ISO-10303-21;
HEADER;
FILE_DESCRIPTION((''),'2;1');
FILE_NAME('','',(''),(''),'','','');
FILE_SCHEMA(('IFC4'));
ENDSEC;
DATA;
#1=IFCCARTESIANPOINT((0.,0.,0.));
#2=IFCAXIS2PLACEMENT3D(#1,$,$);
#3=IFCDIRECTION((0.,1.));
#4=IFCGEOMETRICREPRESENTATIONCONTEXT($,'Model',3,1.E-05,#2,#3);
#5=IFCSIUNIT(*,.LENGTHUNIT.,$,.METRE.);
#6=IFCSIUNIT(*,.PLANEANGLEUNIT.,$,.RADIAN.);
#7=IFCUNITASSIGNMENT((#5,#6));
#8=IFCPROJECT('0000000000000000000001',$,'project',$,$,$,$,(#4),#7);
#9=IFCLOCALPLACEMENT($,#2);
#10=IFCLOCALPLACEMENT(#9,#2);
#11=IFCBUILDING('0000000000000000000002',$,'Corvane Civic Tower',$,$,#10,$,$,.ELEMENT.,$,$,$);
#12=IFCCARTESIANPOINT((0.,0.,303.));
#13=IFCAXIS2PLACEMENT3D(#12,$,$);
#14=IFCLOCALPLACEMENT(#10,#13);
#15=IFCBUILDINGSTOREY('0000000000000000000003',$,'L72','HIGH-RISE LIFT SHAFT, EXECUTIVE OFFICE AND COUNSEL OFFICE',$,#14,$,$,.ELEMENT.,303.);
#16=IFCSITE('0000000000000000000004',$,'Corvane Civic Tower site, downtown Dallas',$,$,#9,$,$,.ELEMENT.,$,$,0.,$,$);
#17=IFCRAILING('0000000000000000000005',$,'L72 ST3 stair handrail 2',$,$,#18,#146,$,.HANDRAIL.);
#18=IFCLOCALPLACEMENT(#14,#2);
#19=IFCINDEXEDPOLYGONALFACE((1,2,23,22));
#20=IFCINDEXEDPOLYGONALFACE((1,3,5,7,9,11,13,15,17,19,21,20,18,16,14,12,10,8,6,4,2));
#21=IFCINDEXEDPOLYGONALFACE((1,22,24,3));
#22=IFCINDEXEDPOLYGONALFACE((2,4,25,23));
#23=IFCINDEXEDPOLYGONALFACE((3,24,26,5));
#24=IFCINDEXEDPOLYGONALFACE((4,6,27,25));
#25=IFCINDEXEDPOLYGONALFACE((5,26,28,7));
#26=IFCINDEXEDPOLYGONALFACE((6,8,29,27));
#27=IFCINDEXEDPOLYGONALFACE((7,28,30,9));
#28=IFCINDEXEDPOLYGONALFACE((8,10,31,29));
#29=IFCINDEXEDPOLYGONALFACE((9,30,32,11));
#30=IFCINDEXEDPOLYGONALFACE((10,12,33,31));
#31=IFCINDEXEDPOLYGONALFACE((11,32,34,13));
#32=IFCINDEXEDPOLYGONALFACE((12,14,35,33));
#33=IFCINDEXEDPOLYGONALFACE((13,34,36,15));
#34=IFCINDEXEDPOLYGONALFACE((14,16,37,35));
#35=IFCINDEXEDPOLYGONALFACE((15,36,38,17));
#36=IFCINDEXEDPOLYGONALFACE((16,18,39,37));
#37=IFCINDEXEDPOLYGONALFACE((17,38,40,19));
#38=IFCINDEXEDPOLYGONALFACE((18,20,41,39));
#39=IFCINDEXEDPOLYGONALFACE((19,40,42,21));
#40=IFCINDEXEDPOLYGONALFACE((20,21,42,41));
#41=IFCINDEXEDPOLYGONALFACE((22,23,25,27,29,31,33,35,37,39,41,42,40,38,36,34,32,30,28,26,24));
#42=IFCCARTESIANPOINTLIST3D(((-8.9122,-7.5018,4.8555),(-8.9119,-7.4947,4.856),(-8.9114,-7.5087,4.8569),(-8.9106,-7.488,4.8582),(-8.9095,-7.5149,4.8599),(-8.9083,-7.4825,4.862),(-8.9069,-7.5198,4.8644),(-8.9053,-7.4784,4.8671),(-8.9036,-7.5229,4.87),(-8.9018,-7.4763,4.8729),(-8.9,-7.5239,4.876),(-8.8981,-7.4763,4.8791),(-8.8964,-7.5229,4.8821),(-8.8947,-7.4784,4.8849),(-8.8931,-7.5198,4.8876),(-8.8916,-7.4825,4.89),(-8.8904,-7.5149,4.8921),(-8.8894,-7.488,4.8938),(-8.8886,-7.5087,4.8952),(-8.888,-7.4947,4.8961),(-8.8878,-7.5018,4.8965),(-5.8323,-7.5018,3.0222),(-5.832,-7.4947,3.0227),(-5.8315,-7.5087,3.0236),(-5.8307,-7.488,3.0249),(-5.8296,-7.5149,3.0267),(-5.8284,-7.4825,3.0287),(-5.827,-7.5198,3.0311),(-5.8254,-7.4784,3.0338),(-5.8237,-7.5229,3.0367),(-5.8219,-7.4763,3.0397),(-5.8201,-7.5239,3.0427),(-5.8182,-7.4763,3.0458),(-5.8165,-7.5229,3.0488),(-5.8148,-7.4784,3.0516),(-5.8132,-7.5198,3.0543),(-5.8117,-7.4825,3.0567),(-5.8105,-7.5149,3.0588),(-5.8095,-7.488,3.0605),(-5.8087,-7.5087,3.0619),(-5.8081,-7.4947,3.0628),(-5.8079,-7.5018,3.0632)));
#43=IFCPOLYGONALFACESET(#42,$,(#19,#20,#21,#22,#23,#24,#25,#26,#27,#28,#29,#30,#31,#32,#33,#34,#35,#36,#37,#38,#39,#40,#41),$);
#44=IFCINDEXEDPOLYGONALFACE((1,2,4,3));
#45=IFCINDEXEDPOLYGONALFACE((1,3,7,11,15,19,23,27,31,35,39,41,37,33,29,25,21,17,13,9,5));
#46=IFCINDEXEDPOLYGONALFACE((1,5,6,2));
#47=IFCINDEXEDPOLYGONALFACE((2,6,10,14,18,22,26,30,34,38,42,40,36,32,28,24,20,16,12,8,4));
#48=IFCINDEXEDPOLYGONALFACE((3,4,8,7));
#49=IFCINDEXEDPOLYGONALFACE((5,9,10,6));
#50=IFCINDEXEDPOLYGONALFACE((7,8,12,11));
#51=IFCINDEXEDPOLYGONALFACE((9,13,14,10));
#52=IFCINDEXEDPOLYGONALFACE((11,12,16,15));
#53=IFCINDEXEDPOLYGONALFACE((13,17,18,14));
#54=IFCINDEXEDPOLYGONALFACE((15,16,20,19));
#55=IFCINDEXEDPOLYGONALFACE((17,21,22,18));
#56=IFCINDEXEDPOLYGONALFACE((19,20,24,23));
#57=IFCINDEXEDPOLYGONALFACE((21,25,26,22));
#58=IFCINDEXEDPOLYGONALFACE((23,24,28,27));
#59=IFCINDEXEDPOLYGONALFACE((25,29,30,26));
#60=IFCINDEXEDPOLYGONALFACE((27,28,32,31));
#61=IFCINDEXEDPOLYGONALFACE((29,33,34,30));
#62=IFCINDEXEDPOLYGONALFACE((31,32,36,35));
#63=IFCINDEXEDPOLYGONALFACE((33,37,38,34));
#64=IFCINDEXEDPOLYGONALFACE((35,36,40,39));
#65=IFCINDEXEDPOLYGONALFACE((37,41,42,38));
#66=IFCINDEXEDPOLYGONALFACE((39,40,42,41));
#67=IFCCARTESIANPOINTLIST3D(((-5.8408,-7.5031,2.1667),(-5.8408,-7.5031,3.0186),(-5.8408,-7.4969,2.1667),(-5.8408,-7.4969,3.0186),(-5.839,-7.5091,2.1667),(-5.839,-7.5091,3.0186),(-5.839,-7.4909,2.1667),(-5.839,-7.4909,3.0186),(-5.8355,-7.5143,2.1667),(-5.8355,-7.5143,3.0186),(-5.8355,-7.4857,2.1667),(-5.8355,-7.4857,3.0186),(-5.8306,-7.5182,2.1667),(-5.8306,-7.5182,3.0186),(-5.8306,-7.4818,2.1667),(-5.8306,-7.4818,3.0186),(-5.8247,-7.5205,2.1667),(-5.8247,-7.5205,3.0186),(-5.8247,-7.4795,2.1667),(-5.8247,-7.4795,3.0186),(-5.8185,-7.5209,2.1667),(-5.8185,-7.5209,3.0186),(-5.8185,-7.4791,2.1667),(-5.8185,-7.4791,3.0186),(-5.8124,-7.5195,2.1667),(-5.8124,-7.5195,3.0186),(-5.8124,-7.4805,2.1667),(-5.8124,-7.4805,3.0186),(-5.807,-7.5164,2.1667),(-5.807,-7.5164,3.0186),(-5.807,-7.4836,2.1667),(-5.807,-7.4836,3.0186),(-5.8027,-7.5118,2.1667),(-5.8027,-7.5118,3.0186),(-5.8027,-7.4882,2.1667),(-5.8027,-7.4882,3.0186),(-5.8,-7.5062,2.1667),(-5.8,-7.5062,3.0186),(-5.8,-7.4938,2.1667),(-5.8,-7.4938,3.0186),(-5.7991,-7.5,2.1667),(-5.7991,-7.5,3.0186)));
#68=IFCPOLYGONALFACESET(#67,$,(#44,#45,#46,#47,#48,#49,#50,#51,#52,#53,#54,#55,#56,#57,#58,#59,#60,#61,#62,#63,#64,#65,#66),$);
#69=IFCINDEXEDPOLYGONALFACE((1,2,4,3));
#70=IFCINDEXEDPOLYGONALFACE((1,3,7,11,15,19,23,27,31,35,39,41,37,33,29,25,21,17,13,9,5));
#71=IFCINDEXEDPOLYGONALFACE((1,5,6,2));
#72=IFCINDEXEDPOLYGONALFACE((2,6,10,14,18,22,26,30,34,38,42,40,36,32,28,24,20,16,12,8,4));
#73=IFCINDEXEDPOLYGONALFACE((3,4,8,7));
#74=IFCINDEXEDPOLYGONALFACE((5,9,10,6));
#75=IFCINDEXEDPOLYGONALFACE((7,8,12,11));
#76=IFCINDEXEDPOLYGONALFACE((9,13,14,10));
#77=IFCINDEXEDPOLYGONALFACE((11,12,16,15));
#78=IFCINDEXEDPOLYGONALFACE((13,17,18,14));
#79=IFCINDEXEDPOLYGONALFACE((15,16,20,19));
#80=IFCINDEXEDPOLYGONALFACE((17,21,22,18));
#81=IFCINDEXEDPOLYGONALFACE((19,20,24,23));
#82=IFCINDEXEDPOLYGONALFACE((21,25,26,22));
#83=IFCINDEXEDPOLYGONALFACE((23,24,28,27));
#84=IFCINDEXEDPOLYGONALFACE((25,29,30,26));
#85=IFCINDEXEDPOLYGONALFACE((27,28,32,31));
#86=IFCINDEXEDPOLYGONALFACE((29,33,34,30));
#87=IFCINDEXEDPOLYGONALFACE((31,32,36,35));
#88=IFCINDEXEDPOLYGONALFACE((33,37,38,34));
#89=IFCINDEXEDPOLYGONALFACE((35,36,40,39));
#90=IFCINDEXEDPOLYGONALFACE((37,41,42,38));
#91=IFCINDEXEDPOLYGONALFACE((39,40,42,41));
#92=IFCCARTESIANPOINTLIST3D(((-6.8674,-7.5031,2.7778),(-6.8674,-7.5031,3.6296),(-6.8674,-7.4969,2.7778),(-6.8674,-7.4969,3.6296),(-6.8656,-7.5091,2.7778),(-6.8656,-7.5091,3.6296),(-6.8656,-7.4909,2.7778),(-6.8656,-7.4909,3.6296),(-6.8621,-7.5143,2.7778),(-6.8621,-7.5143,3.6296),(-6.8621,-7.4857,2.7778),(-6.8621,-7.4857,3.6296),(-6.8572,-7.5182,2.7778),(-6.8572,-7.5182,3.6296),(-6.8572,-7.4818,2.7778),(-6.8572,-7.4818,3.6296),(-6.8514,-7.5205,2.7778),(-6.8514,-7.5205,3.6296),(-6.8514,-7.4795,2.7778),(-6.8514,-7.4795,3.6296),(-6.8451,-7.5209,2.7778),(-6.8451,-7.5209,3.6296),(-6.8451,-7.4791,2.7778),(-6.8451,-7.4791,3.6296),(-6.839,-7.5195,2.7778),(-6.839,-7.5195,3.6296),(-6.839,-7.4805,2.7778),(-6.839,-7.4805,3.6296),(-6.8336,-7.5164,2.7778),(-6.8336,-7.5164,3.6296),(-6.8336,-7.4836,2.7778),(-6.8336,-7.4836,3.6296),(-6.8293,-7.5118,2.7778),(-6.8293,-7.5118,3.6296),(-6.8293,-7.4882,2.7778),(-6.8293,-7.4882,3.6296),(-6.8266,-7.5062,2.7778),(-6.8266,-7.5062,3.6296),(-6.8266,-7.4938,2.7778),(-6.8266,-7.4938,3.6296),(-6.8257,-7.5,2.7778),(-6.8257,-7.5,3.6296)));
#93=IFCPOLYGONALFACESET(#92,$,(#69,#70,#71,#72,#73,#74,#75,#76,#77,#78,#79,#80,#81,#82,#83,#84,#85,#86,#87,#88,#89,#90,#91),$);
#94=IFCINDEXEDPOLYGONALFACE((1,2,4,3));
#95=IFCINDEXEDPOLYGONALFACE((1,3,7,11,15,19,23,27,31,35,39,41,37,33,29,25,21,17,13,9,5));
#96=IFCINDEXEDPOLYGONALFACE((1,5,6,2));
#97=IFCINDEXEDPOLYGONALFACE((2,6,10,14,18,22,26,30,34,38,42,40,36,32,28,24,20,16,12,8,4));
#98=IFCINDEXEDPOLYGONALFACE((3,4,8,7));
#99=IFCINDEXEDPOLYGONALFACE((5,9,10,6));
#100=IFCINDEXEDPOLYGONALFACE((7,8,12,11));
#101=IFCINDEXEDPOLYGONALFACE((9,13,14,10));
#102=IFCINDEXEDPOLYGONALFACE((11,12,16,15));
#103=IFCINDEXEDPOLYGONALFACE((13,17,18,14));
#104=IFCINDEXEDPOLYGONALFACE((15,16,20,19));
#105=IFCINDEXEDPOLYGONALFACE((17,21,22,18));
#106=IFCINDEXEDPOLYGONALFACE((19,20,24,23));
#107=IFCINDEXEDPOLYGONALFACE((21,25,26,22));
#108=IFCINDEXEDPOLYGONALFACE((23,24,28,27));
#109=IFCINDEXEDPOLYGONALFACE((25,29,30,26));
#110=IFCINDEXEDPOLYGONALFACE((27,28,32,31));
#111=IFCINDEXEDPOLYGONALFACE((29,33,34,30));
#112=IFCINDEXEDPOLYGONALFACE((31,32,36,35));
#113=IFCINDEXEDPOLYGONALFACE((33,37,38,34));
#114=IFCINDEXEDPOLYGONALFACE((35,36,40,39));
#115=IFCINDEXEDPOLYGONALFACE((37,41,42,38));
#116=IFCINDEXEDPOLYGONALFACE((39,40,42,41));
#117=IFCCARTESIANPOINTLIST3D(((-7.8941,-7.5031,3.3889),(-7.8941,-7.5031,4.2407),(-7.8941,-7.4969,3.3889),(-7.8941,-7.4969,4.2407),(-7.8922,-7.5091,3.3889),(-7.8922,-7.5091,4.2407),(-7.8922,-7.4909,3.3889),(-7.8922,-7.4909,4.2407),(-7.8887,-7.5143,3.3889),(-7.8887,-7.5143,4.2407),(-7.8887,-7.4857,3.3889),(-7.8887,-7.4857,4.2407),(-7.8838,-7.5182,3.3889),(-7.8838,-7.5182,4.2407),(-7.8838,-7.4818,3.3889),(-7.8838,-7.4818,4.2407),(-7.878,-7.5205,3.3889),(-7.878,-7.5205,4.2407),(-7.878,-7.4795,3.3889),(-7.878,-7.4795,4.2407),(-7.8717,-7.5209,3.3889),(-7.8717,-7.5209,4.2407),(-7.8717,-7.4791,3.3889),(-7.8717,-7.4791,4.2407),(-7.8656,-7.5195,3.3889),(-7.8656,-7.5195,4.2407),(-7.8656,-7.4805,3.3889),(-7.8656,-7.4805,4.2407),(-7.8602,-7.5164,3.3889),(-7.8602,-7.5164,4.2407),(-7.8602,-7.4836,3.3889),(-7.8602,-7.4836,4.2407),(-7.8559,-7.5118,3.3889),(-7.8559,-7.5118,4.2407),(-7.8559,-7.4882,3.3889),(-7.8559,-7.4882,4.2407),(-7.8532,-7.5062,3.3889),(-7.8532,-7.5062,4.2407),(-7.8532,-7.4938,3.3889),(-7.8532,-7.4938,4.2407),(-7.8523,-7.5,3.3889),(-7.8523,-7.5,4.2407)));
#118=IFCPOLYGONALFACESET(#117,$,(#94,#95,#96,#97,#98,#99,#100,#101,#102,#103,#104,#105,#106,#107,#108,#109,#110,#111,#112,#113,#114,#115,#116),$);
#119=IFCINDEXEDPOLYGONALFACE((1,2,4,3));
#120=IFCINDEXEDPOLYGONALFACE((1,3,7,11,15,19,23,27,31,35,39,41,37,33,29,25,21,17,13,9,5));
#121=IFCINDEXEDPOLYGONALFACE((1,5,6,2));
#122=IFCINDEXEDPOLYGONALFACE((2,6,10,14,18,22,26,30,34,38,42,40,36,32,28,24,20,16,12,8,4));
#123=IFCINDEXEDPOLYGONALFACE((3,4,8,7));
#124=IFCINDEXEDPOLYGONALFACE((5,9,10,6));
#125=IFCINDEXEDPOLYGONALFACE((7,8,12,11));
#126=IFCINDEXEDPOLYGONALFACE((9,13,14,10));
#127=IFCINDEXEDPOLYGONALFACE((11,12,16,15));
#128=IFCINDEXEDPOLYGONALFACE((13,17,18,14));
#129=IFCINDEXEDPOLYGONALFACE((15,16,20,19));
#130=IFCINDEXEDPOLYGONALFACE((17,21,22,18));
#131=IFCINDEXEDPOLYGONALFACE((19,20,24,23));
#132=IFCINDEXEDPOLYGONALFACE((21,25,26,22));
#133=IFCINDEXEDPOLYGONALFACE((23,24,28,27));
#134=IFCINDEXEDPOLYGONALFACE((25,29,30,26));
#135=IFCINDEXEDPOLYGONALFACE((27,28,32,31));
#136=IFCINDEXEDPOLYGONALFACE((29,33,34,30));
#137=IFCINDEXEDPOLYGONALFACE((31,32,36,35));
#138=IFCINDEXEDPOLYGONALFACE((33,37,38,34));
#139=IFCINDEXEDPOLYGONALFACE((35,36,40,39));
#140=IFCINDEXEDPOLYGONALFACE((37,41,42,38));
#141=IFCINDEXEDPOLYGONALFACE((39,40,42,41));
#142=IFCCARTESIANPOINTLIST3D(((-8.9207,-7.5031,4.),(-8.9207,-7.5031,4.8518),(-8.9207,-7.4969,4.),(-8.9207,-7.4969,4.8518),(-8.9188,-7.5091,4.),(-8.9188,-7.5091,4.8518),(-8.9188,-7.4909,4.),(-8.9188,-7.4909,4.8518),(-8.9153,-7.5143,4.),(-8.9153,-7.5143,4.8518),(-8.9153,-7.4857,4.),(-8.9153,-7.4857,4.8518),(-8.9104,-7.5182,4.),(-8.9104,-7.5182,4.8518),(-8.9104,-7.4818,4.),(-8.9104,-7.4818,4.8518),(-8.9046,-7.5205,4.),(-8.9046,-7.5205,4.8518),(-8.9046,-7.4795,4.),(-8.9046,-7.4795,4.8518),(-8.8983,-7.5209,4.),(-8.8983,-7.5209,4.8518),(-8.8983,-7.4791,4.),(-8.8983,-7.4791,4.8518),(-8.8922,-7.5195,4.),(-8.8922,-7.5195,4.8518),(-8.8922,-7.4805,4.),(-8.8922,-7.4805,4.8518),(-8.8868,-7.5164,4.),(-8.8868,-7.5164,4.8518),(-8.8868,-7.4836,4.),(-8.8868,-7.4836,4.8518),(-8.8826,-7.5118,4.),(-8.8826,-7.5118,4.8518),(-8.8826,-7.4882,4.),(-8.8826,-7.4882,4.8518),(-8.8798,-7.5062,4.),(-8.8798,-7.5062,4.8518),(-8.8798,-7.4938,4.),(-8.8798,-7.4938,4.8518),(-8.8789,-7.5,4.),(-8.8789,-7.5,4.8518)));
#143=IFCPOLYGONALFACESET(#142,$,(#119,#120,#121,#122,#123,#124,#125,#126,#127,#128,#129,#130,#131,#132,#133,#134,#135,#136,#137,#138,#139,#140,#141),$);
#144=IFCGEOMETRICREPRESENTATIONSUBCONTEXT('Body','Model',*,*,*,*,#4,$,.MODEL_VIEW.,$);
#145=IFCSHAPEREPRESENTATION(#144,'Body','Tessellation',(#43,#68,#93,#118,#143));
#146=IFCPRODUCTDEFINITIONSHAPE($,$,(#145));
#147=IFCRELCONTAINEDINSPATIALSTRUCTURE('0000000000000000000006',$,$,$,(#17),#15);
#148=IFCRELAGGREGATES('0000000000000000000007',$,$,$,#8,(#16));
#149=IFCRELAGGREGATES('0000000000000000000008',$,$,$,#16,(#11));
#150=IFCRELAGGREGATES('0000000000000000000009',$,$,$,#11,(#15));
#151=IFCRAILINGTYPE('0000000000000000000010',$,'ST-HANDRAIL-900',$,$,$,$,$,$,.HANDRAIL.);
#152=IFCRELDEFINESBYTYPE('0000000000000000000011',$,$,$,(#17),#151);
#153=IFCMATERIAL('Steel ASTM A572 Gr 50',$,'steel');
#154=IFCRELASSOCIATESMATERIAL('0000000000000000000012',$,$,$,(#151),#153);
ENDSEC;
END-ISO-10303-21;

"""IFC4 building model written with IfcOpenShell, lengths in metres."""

from ifc_helpers import new_model, si_unit, direction, frame, origin, origin_2d, place, context, subcontext, project, spatial, circle, extrude, material, type_object, element, save


model = new_model("IFC4")

# Units and contexts
model_context = context("Model", 3, precision=1e-05, world=origin(), true_north=direction((0.0, 1.0)))
body_context = subcontext(model_context, "Body", "Model", "MODEL_VIEW")
ifc_project = project(units=[si_unit("LENGTHUNIT", "METRE"), si_unit("PLANEANGLEUNIT", "RADIAN")], contexts=[model_context])

# Site, building, storey
site_placement = place(None, origin())
site = spatial("IfcSite", under=ifc_project, at=site_placement, Name="Corvane Civic Tower site, downtown Dallas", CompositionType="ELEMENT", RefElevation=0.0)
building_placement = place(site_placement, origin())
building = spatial("IfcBuilding", under=site, at=building_placement, Name="Corvane Civic Tower", CompositionType="ELEMENT")
storey_placement = place(building_placement, frame((0.0, 0.0, 303.0)))
storey = spatial("IfcBuildingStorey", under=building, at=storey_placement, Name="L72", Description="HIGH-RISE LIFT SHAFT, EXECUTIVE OFFICE AND COUNSEL OFFICE", CompositionType="ELEMENT", Elevation=303.0)

# Railing
ifc_material_1 = material(Name="Steel ASTM A572 Gr 50", Category="steel")
railing_type_1 = type_object("IfcRailingType", Name="ST-HANDRAIL-900", PredefinedType="HANDRAIL", material=ifc_material_1)
railing_1_placement = place(storey_placement, frame((-5.8201, -7.5, 2.1667)))
element("IfcRailing", 1, at=railing_1_placement, inside=storey, type_object=railing_type_1, Name="L72 ST3 stair handrail 2", PredefinedType="HANDRAIL", context=body_context, shape_type="SweptSolid", body=[
    extrude(circle(Radius=0.0239, at=origin_2d()), frame((0.0, 0.0, 0.876), z_axis=(-0.859291, 0.0, 0.511487), x_axis=(0.0, -1.0, 0.0)), (0.0, 0.0, 1.0), 3.5842),
    extrude(circle(Radius=0.021, at=origin_2d()), origin(), (0.0, 0.0, 1.0), 0.8518),
    extrude(circle(Radius=0.021, at=origin_2d()), frame((-1.0266, 0.0, 0.6111)), (0.0, 0.0, 1.0), 0.8518),
    extrude(circle(Radius=0.021, at=origin_2d()), frame((-2.0532, 0.0, 1.2222)), (0.0, 0.0, 1.0), 0.8518),
    extrude(circle(Radius=0.021, at=origin_2d()), frame((-3.0798, 0.0, 1.8333)), (0.0, 0.0, 1.0), 0.8518),
])

save(model, "model.ifc")
